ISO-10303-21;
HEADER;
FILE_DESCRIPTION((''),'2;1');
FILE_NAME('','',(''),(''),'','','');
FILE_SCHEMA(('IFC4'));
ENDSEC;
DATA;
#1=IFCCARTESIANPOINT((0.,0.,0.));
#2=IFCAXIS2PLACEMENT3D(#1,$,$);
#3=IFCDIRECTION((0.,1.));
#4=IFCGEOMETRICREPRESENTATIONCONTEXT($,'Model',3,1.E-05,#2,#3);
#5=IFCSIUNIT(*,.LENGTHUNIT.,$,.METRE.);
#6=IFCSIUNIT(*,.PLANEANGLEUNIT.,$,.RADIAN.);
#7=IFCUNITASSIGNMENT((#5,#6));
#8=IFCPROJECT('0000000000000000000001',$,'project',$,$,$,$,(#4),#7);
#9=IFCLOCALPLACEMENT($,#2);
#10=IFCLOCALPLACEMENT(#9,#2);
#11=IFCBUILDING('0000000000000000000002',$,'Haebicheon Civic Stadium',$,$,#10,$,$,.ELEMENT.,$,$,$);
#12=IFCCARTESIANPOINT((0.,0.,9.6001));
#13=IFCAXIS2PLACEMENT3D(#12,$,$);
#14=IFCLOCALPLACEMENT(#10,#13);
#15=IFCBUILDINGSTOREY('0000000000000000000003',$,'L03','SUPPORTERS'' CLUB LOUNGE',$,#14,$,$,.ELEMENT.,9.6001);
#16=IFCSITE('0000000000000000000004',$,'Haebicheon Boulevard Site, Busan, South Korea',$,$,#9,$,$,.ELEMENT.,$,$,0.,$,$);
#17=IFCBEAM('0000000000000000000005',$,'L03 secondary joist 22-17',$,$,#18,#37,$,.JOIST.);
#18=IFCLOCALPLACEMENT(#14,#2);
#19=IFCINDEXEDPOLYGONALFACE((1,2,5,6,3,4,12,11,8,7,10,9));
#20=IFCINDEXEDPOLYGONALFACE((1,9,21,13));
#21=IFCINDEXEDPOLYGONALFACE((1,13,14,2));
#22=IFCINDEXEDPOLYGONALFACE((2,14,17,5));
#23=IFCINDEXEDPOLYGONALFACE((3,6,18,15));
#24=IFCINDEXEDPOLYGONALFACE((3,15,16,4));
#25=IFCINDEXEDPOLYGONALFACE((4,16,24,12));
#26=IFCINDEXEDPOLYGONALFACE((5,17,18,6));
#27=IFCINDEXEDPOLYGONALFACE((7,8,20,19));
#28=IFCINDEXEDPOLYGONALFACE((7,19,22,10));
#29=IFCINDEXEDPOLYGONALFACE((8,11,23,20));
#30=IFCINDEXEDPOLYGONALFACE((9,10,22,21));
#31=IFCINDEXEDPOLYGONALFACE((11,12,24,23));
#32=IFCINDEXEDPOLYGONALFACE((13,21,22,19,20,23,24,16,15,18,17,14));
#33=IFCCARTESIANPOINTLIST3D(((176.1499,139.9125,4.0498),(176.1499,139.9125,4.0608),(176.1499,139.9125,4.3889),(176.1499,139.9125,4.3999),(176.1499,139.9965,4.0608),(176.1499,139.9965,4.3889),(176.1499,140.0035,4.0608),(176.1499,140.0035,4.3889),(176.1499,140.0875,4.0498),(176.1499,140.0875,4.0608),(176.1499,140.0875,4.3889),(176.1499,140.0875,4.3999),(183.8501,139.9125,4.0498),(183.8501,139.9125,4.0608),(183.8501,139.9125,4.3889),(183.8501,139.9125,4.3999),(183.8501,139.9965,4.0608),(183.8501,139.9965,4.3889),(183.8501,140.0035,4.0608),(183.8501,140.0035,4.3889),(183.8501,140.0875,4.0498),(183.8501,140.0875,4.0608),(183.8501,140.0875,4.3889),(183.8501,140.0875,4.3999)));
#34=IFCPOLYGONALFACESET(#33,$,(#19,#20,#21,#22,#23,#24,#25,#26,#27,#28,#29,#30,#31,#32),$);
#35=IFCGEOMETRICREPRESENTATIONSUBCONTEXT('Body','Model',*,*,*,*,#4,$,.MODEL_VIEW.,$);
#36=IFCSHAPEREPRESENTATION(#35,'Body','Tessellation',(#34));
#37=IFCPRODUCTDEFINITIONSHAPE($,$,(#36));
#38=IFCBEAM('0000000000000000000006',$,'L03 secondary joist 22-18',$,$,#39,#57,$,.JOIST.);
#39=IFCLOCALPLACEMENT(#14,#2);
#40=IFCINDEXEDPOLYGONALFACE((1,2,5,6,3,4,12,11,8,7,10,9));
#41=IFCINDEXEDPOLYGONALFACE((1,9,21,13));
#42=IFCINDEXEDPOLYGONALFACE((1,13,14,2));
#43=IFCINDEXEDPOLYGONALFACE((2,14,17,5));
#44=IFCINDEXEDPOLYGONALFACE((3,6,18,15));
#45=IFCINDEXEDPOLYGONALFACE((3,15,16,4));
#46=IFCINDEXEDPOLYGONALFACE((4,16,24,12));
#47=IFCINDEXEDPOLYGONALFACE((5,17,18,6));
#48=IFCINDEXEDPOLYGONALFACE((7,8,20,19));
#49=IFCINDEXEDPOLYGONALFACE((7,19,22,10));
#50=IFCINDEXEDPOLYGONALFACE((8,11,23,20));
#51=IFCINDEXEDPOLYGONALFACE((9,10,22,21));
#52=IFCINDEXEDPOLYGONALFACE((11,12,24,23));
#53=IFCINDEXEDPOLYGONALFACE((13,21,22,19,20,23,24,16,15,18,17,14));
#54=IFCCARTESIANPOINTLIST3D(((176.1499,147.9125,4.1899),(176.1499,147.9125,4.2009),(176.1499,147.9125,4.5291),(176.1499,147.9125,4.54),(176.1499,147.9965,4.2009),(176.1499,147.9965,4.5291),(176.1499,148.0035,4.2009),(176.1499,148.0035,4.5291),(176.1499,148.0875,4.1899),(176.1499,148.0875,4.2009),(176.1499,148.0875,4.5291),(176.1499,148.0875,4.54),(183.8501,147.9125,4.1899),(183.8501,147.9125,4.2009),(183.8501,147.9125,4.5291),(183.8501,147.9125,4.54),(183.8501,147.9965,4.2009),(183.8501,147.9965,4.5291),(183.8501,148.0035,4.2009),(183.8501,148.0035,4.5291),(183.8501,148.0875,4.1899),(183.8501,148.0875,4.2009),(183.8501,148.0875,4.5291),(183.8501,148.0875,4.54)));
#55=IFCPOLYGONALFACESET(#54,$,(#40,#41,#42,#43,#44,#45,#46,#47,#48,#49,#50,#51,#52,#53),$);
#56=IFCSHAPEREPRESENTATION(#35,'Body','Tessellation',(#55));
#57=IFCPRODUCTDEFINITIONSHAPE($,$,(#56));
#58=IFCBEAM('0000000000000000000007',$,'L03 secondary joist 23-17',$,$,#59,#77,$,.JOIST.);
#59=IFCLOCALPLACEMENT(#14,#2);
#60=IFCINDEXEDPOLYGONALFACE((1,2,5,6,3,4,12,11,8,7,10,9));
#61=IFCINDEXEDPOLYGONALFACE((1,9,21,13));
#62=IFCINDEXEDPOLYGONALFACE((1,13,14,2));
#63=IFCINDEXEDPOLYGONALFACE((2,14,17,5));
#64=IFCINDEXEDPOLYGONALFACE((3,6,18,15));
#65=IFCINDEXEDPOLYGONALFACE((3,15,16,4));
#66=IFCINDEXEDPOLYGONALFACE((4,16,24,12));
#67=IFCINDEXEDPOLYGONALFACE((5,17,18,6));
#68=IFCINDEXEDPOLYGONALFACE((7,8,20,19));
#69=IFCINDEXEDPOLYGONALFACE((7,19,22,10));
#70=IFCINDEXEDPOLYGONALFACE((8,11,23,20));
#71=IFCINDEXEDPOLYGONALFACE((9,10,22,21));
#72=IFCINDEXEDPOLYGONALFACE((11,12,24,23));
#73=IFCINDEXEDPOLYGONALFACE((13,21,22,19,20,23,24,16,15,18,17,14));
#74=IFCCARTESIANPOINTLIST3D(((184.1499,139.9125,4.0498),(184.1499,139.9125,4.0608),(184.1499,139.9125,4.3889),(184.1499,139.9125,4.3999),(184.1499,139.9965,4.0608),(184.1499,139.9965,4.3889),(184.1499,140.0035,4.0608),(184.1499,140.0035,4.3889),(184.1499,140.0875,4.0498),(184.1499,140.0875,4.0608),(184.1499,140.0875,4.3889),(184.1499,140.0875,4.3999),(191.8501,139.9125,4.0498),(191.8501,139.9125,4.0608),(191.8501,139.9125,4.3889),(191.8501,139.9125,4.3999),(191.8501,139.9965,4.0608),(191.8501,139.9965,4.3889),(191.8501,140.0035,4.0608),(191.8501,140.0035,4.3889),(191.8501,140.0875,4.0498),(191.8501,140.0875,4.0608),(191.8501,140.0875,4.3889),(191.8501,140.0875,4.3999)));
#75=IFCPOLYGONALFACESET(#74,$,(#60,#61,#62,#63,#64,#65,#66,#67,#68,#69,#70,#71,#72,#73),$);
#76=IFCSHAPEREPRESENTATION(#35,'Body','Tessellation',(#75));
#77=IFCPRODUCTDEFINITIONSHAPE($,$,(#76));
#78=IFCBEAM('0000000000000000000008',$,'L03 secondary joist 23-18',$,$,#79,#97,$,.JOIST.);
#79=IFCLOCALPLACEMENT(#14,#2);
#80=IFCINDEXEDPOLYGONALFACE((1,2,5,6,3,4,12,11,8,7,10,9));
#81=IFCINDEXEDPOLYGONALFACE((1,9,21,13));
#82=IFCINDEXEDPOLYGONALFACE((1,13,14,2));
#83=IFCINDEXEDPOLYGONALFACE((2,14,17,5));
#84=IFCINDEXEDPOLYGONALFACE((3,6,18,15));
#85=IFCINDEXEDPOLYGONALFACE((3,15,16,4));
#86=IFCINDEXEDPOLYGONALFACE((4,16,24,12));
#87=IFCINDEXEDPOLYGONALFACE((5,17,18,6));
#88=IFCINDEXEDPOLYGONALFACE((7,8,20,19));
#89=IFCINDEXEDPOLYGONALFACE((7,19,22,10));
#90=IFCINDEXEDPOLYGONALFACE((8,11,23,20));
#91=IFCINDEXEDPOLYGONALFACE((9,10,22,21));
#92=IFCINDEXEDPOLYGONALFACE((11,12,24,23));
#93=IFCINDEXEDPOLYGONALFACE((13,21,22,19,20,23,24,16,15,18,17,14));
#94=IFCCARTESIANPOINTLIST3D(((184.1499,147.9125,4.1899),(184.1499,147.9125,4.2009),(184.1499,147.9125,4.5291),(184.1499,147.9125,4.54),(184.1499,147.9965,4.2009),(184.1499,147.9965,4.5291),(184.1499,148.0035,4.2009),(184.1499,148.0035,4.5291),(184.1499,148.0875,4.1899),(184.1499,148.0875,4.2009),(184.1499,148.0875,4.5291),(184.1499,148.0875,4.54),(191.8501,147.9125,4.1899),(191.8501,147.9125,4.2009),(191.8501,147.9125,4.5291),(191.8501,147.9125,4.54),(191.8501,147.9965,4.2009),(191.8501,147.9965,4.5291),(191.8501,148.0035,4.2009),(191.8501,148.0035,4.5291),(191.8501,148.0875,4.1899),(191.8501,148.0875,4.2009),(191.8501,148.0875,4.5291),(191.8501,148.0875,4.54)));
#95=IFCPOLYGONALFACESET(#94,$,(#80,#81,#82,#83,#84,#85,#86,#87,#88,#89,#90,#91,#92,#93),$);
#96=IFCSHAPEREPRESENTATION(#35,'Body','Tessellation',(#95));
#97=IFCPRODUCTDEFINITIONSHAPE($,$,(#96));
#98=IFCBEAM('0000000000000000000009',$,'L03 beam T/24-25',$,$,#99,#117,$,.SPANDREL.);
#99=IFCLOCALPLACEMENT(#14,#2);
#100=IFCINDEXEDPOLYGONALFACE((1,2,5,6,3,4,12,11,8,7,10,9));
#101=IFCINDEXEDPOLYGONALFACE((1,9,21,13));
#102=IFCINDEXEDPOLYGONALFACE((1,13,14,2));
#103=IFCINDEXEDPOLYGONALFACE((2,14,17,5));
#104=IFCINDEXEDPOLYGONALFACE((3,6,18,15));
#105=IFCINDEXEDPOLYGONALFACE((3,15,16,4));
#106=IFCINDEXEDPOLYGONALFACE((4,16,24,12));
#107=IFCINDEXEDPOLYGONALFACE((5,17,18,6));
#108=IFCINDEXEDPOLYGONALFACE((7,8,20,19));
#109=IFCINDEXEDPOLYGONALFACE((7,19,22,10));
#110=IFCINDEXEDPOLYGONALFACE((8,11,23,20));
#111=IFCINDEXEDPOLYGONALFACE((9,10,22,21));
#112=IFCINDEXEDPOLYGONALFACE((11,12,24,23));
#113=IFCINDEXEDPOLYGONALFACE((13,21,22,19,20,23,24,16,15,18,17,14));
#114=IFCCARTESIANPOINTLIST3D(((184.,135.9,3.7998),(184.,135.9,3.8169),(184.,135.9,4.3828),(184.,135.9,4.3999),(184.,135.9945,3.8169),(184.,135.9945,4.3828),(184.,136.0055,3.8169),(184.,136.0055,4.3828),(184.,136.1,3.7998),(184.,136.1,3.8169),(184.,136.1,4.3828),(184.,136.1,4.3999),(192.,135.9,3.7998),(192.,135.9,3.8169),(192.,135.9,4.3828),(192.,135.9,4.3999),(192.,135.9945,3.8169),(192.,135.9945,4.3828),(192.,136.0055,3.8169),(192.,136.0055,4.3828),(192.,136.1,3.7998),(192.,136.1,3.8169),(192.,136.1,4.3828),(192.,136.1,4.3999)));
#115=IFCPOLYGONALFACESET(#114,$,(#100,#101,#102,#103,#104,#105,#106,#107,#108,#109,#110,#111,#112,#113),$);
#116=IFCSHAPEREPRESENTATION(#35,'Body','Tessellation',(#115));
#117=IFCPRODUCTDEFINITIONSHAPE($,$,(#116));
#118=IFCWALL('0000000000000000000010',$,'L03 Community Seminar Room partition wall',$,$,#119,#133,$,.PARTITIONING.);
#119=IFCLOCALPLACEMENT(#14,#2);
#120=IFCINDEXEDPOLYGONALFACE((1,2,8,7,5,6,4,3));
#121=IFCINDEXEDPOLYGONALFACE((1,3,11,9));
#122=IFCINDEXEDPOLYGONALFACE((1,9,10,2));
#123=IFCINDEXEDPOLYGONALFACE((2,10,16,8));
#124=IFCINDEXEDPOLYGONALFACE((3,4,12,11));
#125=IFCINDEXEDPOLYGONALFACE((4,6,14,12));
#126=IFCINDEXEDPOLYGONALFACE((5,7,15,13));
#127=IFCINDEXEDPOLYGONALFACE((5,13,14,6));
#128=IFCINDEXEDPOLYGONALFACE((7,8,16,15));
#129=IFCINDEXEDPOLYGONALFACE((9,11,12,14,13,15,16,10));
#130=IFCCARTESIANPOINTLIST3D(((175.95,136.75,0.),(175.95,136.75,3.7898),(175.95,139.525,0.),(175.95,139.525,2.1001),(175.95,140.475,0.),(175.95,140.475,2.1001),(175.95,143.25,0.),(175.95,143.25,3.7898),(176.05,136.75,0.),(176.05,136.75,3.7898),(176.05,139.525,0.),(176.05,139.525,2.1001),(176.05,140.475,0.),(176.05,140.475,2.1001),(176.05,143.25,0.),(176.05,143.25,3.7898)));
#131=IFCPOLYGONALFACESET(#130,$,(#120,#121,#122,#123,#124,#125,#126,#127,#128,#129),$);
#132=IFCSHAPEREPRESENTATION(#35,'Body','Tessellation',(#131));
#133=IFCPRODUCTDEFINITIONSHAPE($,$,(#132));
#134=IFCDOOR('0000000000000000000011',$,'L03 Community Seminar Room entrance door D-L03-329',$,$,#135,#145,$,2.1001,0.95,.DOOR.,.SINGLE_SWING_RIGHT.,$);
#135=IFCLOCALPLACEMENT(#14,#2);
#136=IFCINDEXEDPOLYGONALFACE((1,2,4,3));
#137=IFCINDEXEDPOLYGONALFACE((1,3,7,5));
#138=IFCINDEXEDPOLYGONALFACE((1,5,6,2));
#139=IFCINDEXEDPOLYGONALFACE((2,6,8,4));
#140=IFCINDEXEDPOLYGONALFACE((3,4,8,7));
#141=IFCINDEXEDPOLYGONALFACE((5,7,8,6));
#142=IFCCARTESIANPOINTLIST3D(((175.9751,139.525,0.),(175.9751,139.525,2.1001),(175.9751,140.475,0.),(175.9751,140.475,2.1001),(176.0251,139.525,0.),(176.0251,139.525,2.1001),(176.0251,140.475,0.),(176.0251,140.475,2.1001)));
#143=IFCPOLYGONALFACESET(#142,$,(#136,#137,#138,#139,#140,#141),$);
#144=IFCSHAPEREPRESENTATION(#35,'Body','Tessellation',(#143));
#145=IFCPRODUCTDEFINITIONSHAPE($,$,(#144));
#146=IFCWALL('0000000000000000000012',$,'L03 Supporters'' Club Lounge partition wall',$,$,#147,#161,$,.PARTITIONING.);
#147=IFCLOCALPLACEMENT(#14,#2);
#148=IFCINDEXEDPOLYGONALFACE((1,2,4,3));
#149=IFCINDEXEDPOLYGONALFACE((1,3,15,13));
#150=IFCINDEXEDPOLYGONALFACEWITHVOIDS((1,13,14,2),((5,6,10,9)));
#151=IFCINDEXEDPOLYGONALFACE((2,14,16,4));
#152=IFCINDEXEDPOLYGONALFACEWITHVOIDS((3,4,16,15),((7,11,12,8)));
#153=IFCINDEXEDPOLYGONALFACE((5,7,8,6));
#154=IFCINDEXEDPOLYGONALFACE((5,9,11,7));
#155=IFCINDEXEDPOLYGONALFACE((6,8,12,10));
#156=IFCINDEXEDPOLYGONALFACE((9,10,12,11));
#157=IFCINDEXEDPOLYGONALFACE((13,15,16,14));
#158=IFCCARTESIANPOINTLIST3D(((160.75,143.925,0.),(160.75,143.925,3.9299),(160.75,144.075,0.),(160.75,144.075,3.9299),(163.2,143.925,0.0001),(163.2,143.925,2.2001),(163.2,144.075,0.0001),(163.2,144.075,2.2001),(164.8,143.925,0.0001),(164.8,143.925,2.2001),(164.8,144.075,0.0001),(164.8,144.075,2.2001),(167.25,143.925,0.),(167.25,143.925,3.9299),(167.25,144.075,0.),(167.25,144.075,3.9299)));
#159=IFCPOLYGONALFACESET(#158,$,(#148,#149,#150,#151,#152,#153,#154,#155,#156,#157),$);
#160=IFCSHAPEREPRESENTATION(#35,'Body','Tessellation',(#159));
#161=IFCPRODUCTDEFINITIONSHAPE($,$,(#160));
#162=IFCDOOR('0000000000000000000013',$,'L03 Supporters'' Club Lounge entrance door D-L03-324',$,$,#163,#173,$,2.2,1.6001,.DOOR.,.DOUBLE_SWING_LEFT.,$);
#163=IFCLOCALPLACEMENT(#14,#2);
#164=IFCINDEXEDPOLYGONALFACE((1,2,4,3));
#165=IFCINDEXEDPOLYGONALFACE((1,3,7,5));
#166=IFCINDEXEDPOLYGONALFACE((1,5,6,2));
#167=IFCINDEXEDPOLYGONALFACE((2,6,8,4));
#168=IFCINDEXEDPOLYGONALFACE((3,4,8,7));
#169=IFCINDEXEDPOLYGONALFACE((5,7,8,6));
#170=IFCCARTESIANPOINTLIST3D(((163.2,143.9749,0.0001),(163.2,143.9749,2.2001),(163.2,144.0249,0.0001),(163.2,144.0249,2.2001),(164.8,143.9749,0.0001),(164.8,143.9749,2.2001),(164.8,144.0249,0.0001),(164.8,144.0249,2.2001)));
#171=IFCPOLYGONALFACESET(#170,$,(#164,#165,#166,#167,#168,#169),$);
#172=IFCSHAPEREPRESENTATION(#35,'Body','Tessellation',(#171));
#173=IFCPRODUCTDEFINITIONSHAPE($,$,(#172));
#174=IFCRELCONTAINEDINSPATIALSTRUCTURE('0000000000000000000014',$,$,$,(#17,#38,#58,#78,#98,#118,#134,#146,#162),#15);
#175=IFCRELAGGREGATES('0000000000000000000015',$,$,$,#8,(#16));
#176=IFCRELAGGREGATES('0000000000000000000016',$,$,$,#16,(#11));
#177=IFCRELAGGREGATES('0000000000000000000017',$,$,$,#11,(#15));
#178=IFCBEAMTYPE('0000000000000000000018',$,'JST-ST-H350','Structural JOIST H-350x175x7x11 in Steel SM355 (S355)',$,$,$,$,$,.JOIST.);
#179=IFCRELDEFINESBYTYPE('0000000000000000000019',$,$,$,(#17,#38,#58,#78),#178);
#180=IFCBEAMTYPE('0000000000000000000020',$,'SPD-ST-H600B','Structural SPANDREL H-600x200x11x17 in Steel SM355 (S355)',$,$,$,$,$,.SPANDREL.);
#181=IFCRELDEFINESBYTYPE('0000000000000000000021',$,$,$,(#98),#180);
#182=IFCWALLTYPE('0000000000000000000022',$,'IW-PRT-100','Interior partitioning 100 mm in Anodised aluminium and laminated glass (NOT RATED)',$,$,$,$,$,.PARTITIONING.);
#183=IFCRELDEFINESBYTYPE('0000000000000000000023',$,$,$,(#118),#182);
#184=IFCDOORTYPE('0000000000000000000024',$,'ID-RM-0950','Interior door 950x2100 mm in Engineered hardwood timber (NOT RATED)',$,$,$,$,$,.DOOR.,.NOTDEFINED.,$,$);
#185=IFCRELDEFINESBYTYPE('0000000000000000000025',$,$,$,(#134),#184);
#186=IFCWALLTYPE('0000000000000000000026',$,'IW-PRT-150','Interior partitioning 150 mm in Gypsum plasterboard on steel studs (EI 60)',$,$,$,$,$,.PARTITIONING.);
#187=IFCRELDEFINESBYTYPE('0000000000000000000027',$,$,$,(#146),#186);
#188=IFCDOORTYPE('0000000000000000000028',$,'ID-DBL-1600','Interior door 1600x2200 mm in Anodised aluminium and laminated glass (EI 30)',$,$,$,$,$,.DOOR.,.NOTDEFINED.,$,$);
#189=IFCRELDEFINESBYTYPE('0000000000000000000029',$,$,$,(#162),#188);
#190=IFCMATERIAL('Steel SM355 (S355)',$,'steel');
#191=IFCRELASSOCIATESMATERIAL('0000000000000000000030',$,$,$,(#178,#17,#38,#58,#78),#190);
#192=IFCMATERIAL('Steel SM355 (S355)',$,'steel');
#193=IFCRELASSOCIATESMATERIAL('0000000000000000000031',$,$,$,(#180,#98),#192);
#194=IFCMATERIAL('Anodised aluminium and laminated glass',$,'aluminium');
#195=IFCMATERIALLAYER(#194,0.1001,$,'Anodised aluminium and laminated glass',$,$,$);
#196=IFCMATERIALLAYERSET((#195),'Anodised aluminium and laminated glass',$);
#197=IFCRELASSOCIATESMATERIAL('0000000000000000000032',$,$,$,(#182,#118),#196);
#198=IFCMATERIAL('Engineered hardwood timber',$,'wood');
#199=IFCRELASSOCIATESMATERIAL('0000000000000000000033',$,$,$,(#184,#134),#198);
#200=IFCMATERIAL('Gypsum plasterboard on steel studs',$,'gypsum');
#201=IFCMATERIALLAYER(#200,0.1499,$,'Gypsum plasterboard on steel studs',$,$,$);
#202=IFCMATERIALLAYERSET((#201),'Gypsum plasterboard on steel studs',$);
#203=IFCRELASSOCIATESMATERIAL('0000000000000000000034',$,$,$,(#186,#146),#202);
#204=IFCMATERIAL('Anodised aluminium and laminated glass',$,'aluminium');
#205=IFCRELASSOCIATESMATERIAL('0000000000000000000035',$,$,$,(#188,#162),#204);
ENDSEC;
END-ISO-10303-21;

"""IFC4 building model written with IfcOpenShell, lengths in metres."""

from ifc_helpers import new_model, si_unit, direction, frame, frame_2d, origin, origin_2d, place, context, subcontext, project, spatial, rectangle, i_section, extrude, material, layer, layer_set, material_profile, profile_set, type_object, element, fill, save


model = new_model("IFC4")

# Units and contexts
model_context = context("Model", 3, precision=1e-05, world=origin(), true_north=direction((0.0, 1.0)))
body_context = subcontext(model_context, "Body", "Model", "MODEL_VIEW")
ifc_project = project(units=[si_unit("LENGTHUNIT", "METRE"), si_unit("PLANEANGLEUNIT", "RADIAN")], contexts=[model_context])

# Site, building, storey
site_placement = place(None, origin())
site = spatial("IfcSite", under=ifc_project, at=site_placement, Name="Haebicheon Boulevard Site, Busan, South Korea", CompositionType="ELEMENT", RefElevation=0.0)
building_placement = place(site_placement, origin())
building = spatial("IfcBuilding", under=site, at=building_placement, Name="Haebicheon Civic Stadium", CompositionType="ELEMENT")
storey_placement = place(building_placement, frame((0.0, 0.0, 9.6001)))
storey = spatial("IfcBuildingStorey", under=building, at=storey_placement, Name="L03", Description="SUPPORTERS' CLUB LOUNGE", CompositionType="ELEMENT", Elevation=9.6001)

# Beams
ifc_material_1 = material(Name="Steel SM355 (S355)", Category="steel")
ifc_material_profile_1 = material_profile(ifc_material_1, i_section(OverallWidth=0.175, OverallDepth=0.3501, WebThickness=0.0071, FlangeThickness=0.011, at=origin_2d()), Name="H-350x175x7x11")
ifc_profile_set_1 = profile_set([ifc_material_profile_1], Name="Steel SM355 (S355)")
beam_type_1 = type_object("IfcBeamType", Name="JST-ST-H350", Description="Structural JOIST H-350x175x7x11 in Steel SM355 (S355)", PredefinedType="JOIST", material=ifc_profile_set_1)
for number, where, z_axis, x_axis, name in (
    (1, (176.1499, 140.0, 4.2249), (1.0, 0.0, 0.0), (0.0, 1.0, 0.0), "L03 secondary joist 22-17"),
    (2, (176.1499, 148.0, 4.365), (1.0, 0.0, 0.0), (0.0, 1.0, 0.0), "L03 secondary joist 22-18"),
    (3, (184.1499, 140.0, 4.2249), (1.0, 0.0, 0.0), (0.0, 1.0, 0.0), "L03 secondary joist 23-17"),
    (4, (184.1499, 148.0, 4.365), (1.0, 0.0, 0.0), (0.0, 1.0, 0.0), "L03 secondary joist 23-18"),
):
    element("IfcBeam", number, at=place(storey_placement, frame(where, z_axis=z_axis, x_axis=x_axis)), inside=storey, type_object=beam_type_1, material=ifc_profile_set_1, Name=name, PredefinedType="JOIST", context=body_context, shape_type="SweptSolid", body=[
        extrude(i_section(OverallWidth=0.175, OverallDepth=0.3501, WebThickness=0.0071, FlangeThickness=0.011, at=origin_2d()), origin(), (0.0, 0.0, 1.0), 7.7002),
    ])
ifc_material_2 = material(Name="Steel SM355 (S355)", Category="steel")
ifc_material_profile_2 = material_profile(ifc_material_2, i_section(OverallWidth=0.2, OverallDepth=0.6001, WebThickness=0.011, FlangeThickness=0.0171, at=origin_2d()), Name="H-600x200x11x17")
ifc_profile_set_2 = profile_set([ifc_material_profile_2], Name="Steel SM355 (S355)")
beam_type_2 = type_object("IfcBeamType", Name="SPD-ST-H600B", Description="Structural SPANDREL H-600x200x11x17 in Steel SM355 (S355)", PredefinedType="SPANDREL", material=ifc_profile_set_2)
beam_1_placement = place(storey_placement, frame((184.0, 136.0, 4.0999), z_axis=(1.0, 0.0, 0.0), x_axis=(0.0, 1.0, 0.0)))
element("IfcBeam", 5, at=beam_1_placement, inside=storey, type_object=beam_type_2, material=ifc_profile_set_2, Name="L03 beam T/24-25", PredefinedType="SPANDREL", context=body_context, shape_type="SweptSolid", body=[
    extrude(i_section(OverallWidth=0.2, OverallDepth=0.6001, WebThickness=0.011, FlangeThickness=0.0171, at=origin_2d()), origin(), (0.0, 0.0, 1.0), 8.0),
])

# Walls, openings, doors
ifc_material_3 = material(Name="Anodised aluminium and laminated glass", Category="aluminium")
ifc_layer_1 = layer(ifc_material_3, 0.1001, Name="Anodised aluminium and laminated glass")
ifc_layer_set_1 = layer_set([ifc_layer_1], Name="Anodised aluminium and laminated glass")
wall_type_1 = type_object("IfcWallType", Name="IW-PRT-100", Description="Interior partitioning 100 mm in Anodised aluminium and laminated glass (NOT RATED)", PredefinedType="PARTITIONING", material=ifc_layer_set_1)
wall_1_placement = place(storey_placement, frame((176.0, 136.75, 0.0), z_axis=(0.0, 0.0, 1.0), x_axis=(0.0, 1.0, 0.0)))
wall_1 = element("IfcWall", 6, at=wall_1_placement, inside=storey, type_object=wall_type_1, material=ifc_layer_set_1, Name="L03 Community Seminar Room partition wall", PredefinedType="PARTITIONING", context=body_context, shape_type="SweptSolid", body=[
    extrude(rectangle(XDim=6.5, YDim=0.1001, at=frame_2d((3.25, 0.0))), origin(), (0.0, 0.0, 1.0), 3.7898),
])
opening_1_placement = place(wall_1_placement, frame((2.7749, 0.0, 0.0)))
opening_1 = element("IfcOpeningElement", 7, at=opening_1_placement, cuts=wall_1, PredefinedType="OPENING", context=body_context, shape_type="SweptSolid", body=[
    extrude(rectangle(XDim=0.95, YDim=2.1001, at=frame_2d((0.4751, 1.05))), frame((0.0, 0.0601, 0.0), z_axis=(0.0, -1.0, 0.0), x_axis=(1.0, 0.0, 0.0)), (0.0, 0.0, 1.0), 0.1201),
])
ifc_material_4 = material(Name="Engineered hardwood timber", Category="wood")
door_type_1 = type_object("IfcDoorType", Name="ID-RM-0950", Description="Interior door 950x2100 mm in Engineered hardwood timber (NOT RATED)", OperationType="NOTDEFINED", PredefinedType="DOOR", material=ifc_material_4)
door_1_placement = place(opening_1_placement, origin())
door_1 = element("IfcDoor", 8, at=door_1_placement, inside=storey, type_object=door_type_1, material=ifc_material_4, Name="L03 Community Seminar Room entrance door D-L03-329", OperationType="SINGLE_SWING_RIGHT", OverallHeight=2.1001, OverallWidth=0.95, PredefinedType="DOOR", context=body_context, shape_type="SweptSolid", body=[
    extrude(rectangle(XDim=0.95, YDim=2.1001, at=frame_2d((0.4751, 1.05))), frame((0.0, 0.0249, 0.0), z_axis=(0.0, -1.0, 0.0), x_axis=(1.0, 0.0, 0.0)), (0.0, 0.0, 1.0), 0.05),
])
fill(opening_1, door_1)
ifc_material_5 = material(Name="Gypsum plasterboard on steel studs", Category="gypsum")
ifc_layer_2 = layer(ifc_material_5, 0.1499, Name="Gypsum plasterboard on steel studs")
ifc_layer_set_2 = layer_set([ifc_layer_2], Name="Gypsum plasterboard on steel studs")
wall_type_2 = type_object("IfcWallType", Name="IW-PRT-150", Description="Interior partitioning 150 mm in Gypsum plasterboard on steel studs (EI 60)", PredefinedType="PARTITIONING", material=ifc_layer_set_2)
wall_2_placement = place(storey_placement, frame((160.75, 144.0, 0.0), z_axis=(0.0, 0.0, 1.0), x_axis=(1.0, 0.0, 0.0)))
wall_2 = element("IfcWall", 9, at=wall_2_placement, inside=storey, type_object=wall_type_2, material=ifc_layer_set_2, Name="L03 Supporters' Club Lounge partition wall", PredefinedType="PARTITIONING", context=body_context, shape_type="SweptSolid", body=[
    extrude(rectangle(XDim=6.5, YDim=0.1499, at=frame_2d((3.25, 0.0))), origin(), (0.0, 0.0, 1.0), 3.9299),
])
opening_2_placement = place(wall_2_placement, frame((2.45, 0.0, 0.0)))
opening_2 = element("IfcOpeningElement", 10, at=opening_2_placement, cuts=wall_2, PredefinedType="OPENING", context=body_context, shape_type="SweptSolid", body=[
    extrude(rectangle(XDim=1.6001, YDim=2.2, at=frame_2d((0.8, 1.1001))), frame((0.0, 0.085, 0.0), z_axis=(0.0, -1.0, 0.0), x_axis=(1.0, 0.0, 0.0)), (0.0, 0.0, 1.0), 0.1699),
])
ifc_material_6 = material(Name="Anodised aluminium and laminated glass", Category="aluminium")
door_type_2 = type_object("IfcDoorType", Name="ID-DBL-1600", Description="Interior door 1600x2200 mm in Anodised aluminium and laminated glass (EI 30)", OperationType="NOTDEFINED", PredefinedType="DOOR", material=ifc_material_6)
door_2_placement = place(opening_2_placement, origin())
door_2 = element("IfcDoor", 11, at=door_2_placement, inside=storey, type_object=door_type_2, material=ifc_material_6, Name="L03 Supporters' Club Lounge entrance door D-L03-324", OperationType="DOUBLE_SWING_LEFT", OverallHeight=2.2, OverallWidth=1.6001, PredefinedType="DOOR", context=body_context, shape_type="SweptSolid", body=[
    extrude(rectangle(XDim=1.6001, YDim=2.2, at=frame_2d((0.8, 1.1001))), frame((0.0, 0.0249, 0.0), z_axis=(0.0, -1.0, 0.0), x_axis=(1.0, 0.0, 0.0)), (0.0, 0.0, 1.0), 0.05),
])
fill(opening_2, door_2)

save(model, "model.ifc")
